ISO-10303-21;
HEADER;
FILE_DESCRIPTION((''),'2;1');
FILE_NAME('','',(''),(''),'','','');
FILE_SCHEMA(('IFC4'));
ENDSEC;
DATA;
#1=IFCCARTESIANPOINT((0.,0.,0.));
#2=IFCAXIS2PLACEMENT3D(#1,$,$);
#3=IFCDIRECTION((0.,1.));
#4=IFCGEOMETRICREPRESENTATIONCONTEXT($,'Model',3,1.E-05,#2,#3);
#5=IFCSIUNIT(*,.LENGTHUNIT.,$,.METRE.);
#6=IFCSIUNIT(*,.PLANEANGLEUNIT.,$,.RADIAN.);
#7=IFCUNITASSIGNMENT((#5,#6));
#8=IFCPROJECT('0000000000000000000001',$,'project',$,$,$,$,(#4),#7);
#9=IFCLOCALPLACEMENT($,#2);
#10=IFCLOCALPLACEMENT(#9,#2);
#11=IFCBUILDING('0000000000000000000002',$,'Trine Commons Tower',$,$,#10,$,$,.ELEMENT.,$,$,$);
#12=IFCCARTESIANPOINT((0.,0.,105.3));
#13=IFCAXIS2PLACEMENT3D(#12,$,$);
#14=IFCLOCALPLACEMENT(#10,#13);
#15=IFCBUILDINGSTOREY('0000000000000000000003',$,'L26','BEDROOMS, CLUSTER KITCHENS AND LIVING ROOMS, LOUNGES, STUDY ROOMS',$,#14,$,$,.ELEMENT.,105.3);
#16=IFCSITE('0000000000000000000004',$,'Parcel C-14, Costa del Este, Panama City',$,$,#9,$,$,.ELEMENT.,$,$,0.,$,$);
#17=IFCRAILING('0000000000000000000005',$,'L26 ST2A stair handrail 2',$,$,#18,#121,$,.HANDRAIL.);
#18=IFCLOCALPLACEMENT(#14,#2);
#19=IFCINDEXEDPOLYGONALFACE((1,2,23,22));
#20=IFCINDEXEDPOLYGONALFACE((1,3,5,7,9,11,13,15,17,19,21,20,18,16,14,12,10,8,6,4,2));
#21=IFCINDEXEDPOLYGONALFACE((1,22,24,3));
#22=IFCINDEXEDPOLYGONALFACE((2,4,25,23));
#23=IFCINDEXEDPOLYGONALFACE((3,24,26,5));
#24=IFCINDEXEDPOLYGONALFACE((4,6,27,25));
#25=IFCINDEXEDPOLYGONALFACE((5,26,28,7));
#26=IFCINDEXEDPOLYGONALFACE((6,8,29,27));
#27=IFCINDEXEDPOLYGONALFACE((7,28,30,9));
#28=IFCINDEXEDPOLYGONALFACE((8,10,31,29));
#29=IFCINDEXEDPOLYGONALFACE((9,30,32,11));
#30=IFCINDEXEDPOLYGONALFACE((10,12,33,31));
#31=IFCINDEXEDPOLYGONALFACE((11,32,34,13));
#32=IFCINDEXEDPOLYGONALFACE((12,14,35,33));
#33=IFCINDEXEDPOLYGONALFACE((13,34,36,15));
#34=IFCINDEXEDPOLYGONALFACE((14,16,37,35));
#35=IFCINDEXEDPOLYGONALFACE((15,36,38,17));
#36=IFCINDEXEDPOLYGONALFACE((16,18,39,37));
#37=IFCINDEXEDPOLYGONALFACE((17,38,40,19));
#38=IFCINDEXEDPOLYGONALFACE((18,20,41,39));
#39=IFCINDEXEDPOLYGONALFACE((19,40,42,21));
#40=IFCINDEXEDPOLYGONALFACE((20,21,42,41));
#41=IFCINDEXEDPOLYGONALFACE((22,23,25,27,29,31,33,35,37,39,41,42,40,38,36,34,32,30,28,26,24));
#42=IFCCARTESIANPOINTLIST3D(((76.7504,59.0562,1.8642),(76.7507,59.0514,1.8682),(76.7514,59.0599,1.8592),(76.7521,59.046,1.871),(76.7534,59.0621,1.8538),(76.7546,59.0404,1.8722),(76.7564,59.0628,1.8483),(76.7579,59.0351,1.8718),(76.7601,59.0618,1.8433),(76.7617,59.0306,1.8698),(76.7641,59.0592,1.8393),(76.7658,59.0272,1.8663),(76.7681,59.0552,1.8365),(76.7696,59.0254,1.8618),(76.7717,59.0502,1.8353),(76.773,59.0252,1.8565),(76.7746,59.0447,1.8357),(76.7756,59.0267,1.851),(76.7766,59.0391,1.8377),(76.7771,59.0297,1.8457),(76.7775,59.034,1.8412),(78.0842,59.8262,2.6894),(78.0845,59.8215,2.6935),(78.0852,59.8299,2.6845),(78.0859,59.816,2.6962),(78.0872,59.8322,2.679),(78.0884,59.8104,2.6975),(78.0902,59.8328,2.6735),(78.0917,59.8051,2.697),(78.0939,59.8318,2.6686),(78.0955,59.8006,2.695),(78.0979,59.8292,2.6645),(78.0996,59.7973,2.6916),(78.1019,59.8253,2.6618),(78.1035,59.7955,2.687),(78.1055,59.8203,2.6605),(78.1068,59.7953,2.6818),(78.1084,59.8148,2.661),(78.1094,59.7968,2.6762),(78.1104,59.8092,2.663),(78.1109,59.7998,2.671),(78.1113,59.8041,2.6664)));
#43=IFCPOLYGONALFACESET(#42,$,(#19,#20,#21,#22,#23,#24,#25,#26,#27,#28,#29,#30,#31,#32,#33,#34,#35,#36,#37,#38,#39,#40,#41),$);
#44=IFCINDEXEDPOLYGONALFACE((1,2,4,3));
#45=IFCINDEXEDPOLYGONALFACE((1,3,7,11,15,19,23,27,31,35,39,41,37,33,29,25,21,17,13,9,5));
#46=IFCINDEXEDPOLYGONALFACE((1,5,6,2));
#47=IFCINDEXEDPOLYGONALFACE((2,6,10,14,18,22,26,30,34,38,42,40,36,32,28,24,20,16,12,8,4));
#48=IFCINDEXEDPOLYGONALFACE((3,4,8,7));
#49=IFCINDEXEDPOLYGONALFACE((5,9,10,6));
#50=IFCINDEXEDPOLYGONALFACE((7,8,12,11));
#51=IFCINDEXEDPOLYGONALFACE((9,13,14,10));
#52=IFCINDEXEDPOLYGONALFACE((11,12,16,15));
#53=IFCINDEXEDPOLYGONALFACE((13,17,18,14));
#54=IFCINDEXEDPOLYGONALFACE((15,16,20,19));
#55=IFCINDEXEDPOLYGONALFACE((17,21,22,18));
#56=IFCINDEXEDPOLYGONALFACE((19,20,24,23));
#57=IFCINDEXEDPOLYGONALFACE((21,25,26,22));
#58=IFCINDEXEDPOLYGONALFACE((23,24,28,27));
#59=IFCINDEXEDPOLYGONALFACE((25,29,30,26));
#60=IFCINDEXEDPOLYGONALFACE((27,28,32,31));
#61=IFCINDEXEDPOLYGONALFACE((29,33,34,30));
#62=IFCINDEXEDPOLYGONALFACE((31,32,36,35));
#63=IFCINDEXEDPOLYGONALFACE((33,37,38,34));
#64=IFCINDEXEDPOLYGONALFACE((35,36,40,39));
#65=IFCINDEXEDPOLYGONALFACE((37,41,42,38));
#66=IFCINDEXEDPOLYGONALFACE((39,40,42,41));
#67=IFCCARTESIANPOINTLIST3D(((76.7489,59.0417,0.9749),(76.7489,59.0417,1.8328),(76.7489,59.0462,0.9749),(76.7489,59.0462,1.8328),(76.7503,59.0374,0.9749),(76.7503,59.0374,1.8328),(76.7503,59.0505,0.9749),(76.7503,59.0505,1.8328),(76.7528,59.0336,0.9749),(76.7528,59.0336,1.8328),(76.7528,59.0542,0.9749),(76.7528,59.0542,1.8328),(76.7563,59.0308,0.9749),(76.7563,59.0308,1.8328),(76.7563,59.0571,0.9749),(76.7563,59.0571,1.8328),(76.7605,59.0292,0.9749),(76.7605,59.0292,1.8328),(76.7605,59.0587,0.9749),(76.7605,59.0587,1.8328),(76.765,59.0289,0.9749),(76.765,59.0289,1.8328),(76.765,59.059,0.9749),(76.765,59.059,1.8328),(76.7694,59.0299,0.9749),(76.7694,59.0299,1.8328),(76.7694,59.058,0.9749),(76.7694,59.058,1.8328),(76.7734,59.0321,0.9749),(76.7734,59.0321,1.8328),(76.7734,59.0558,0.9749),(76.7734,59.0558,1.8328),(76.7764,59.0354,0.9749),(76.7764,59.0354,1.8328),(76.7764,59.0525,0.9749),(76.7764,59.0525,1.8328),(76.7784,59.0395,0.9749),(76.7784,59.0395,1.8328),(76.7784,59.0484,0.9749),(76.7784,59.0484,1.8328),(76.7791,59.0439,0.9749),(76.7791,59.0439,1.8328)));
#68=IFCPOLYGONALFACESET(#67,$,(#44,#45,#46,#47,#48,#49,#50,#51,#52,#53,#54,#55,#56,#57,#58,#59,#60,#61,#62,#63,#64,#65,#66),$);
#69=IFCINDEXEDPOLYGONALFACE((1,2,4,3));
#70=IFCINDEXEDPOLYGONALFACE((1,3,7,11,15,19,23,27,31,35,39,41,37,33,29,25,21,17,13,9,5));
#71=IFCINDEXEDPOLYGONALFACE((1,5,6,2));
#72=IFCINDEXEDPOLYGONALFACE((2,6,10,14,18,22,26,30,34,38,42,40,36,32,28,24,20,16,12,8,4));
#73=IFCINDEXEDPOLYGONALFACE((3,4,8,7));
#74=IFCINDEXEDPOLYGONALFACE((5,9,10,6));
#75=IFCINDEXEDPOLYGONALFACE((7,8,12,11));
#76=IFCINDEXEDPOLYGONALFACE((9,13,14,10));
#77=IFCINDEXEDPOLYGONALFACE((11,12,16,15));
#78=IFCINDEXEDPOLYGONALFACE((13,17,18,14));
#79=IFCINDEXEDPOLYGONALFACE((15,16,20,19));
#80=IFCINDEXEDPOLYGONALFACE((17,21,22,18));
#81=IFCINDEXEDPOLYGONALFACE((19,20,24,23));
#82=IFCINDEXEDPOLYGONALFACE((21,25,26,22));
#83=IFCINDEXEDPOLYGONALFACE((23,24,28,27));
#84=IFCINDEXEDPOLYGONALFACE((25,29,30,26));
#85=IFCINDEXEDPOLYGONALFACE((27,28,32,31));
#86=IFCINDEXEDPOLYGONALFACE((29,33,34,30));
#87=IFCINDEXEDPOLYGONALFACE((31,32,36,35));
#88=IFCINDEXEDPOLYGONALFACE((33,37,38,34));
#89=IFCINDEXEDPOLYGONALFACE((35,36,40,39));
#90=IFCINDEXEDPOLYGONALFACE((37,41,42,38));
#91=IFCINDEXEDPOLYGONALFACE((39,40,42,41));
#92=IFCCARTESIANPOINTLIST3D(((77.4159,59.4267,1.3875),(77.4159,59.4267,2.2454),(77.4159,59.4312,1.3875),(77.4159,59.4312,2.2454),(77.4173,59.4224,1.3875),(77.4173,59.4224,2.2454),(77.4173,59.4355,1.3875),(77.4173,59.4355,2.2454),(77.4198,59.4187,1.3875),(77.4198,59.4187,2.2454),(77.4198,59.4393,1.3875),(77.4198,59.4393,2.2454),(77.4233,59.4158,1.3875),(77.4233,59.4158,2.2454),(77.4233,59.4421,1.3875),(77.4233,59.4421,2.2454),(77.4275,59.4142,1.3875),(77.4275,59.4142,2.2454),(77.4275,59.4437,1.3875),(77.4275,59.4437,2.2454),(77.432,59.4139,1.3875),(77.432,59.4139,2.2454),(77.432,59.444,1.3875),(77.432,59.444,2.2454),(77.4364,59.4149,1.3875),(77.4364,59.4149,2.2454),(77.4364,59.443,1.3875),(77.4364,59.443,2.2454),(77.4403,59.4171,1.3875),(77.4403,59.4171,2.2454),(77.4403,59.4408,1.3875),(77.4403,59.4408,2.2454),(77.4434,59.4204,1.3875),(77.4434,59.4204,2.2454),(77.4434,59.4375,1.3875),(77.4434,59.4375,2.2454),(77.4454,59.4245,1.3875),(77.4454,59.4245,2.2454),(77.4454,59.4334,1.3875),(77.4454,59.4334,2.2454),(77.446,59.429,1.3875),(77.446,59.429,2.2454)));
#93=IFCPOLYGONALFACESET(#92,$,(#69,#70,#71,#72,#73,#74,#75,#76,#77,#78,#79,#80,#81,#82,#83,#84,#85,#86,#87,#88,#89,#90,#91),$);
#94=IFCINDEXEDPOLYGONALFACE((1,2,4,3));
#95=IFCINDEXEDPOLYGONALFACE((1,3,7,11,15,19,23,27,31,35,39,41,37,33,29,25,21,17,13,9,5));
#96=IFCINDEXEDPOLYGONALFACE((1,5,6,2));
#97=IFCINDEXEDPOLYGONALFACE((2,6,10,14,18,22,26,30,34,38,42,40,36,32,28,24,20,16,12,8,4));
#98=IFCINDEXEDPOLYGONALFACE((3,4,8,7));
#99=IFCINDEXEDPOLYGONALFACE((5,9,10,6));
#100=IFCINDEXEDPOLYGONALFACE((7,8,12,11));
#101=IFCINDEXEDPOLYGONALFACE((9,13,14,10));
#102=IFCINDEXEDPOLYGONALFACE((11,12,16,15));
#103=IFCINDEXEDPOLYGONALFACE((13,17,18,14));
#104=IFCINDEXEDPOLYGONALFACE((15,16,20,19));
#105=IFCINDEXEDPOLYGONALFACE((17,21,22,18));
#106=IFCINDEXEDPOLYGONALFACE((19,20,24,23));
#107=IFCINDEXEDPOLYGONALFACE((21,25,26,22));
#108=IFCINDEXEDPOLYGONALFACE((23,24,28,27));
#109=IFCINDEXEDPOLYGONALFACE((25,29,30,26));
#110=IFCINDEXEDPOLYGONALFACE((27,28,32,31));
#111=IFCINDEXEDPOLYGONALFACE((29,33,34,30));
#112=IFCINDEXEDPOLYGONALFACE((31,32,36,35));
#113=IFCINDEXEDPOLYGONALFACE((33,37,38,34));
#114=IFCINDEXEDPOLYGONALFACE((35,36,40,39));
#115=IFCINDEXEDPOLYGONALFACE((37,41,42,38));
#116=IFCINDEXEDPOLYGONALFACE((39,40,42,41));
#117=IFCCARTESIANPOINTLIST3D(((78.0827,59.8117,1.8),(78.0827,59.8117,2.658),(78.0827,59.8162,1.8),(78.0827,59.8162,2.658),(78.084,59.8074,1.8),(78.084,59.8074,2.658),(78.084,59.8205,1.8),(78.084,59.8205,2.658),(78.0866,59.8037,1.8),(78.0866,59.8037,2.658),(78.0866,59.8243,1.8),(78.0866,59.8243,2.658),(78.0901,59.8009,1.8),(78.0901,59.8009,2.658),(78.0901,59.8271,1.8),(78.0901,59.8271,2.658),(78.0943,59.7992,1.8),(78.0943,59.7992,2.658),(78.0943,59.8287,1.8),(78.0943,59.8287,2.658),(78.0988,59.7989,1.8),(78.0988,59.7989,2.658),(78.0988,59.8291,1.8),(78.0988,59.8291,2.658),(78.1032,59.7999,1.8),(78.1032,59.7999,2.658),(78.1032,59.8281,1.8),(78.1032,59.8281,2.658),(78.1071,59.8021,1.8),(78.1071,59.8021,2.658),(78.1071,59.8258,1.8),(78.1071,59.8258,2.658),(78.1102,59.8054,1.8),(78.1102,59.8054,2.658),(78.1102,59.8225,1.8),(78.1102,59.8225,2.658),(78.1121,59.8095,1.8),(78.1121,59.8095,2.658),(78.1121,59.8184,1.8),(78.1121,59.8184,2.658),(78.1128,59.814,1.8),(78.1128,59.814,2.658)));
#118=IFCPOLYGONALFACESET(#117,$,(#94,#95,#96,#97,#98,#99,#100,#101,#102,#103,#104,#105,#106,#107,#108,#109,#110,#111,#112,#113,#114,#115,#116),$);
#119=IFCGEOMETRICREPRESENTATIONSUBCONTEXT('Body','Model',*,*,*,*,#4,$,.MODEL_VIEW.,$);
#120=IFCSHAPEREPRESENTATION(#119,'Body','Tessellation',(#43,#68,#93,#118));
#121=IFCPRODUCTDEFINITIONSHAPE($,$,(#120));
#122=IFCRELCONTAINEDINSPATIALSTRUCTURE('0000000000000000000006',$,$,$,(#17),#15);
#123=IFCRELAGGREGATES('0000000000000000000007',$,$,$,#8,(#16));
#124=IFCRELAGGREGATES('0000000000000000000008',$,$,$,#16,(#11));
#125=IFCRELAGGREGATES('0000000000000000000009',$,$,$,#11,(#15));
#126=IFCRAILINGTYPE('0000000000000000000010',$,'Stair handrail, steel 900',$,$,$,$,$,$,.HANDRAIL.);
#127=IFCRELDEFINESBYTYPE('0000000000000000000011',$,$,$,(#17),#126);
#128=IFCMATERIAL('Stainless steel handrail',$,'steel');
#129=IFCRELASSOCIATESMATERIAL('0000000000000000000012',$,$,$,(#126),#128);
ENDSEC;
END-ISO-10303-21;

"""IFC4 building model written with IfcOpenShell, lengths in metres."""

from ifc_helpers import new_model, si_unit, direction, frame, origin, origin_2d, place, context, subcontext, project, spatial, circle, extrude, material, type_object, element, save


model = new_model("IFC4")

# Units and contexts
model_context = context("Model", 3, precision=1e-05, world=origin(), true_north=direction((0.0, 1.0)))
body_context = subcontext(model_context, "Body", "Model", "MODEL_VIEW")
ifc_project = project(units=[si_unit("LENGTHUNIT", "METRE"), si_unit("PLANEANGLEUNIT", "RADIAN")], contexts=[model_context])

# Site, building, storey
site_placement = place(None, origin())
site = spatial("IfcSite", under=ifc_project, at=site_placement, Name="Parcel C-14, Costa del Este, Panama City", CompositionType="ELEMENT", RefElevation=0.0)
building_placement = place(site_placement, origin())
building = spatial("IfcBuilding", under=site, at=building_placement, Name="Trine Commons Tower", CompositionType="ELEMENT")
storey_placement = place(building_placement, frame((0.0, 0.0, 105.3)))
storey = spatial("IfcBuildingStorey", under=building, at=storey_placement, Name="L26", Description="BEDROOMS, CLUSTER KITCHENS AND LIVING ROOMS, LOUNGES, STUDY ROOMS", CompositionType="ELEMENT", Elevation=105.3)

# Railing
ifc_material_1 = material(Name="Stainless steel handrail", Category="steel")
railing_type_1 = type_object("IfcRailingType", Name="Stair handrail, steel 900", PredefinedType="HANDRAIL", material=ifc_material_1)
railing_1_placement = place(storey_placement, frame((76.7639, 59.0439, 0.9749)))
element("IfcRailing", 1, at=railing_1_placement, inside=storey, type_object=railing_type_1, Name="L26 ST2A stair handrail 2", PredefinedType="HANDRAIL", context=body_context, shape_type="SweptSolid", body=[
    extrude(circle(Radius=0.021, at=origin_2d()), frame((0.0, 0.0, 0.8789), z_axis=(0.763355, 0.440714, 0.472293), x_axis=(-0.499992, 0.86603, 0.0)), (0.0, 0.0, 1.0), 1.7473),
    extrude(circle(Radius=0.0151, at=origin_2d()), origin(), (0.0, 0.0, 1.0), 0.8579),
    extrude(circle(Radius=0.0151, at=origin_2d()), frame((0.667, 0.385, 0.4126)), (0.0, 0.0, 1.0), 0.8579),
    extrude(circle(Radius=0.0151, at=origin_2d()), frame((1.3337, 0.77, 0.8252)), (0.0, 0.0, 1.0), 0.8579),
])

save(model, "model.ifc")
